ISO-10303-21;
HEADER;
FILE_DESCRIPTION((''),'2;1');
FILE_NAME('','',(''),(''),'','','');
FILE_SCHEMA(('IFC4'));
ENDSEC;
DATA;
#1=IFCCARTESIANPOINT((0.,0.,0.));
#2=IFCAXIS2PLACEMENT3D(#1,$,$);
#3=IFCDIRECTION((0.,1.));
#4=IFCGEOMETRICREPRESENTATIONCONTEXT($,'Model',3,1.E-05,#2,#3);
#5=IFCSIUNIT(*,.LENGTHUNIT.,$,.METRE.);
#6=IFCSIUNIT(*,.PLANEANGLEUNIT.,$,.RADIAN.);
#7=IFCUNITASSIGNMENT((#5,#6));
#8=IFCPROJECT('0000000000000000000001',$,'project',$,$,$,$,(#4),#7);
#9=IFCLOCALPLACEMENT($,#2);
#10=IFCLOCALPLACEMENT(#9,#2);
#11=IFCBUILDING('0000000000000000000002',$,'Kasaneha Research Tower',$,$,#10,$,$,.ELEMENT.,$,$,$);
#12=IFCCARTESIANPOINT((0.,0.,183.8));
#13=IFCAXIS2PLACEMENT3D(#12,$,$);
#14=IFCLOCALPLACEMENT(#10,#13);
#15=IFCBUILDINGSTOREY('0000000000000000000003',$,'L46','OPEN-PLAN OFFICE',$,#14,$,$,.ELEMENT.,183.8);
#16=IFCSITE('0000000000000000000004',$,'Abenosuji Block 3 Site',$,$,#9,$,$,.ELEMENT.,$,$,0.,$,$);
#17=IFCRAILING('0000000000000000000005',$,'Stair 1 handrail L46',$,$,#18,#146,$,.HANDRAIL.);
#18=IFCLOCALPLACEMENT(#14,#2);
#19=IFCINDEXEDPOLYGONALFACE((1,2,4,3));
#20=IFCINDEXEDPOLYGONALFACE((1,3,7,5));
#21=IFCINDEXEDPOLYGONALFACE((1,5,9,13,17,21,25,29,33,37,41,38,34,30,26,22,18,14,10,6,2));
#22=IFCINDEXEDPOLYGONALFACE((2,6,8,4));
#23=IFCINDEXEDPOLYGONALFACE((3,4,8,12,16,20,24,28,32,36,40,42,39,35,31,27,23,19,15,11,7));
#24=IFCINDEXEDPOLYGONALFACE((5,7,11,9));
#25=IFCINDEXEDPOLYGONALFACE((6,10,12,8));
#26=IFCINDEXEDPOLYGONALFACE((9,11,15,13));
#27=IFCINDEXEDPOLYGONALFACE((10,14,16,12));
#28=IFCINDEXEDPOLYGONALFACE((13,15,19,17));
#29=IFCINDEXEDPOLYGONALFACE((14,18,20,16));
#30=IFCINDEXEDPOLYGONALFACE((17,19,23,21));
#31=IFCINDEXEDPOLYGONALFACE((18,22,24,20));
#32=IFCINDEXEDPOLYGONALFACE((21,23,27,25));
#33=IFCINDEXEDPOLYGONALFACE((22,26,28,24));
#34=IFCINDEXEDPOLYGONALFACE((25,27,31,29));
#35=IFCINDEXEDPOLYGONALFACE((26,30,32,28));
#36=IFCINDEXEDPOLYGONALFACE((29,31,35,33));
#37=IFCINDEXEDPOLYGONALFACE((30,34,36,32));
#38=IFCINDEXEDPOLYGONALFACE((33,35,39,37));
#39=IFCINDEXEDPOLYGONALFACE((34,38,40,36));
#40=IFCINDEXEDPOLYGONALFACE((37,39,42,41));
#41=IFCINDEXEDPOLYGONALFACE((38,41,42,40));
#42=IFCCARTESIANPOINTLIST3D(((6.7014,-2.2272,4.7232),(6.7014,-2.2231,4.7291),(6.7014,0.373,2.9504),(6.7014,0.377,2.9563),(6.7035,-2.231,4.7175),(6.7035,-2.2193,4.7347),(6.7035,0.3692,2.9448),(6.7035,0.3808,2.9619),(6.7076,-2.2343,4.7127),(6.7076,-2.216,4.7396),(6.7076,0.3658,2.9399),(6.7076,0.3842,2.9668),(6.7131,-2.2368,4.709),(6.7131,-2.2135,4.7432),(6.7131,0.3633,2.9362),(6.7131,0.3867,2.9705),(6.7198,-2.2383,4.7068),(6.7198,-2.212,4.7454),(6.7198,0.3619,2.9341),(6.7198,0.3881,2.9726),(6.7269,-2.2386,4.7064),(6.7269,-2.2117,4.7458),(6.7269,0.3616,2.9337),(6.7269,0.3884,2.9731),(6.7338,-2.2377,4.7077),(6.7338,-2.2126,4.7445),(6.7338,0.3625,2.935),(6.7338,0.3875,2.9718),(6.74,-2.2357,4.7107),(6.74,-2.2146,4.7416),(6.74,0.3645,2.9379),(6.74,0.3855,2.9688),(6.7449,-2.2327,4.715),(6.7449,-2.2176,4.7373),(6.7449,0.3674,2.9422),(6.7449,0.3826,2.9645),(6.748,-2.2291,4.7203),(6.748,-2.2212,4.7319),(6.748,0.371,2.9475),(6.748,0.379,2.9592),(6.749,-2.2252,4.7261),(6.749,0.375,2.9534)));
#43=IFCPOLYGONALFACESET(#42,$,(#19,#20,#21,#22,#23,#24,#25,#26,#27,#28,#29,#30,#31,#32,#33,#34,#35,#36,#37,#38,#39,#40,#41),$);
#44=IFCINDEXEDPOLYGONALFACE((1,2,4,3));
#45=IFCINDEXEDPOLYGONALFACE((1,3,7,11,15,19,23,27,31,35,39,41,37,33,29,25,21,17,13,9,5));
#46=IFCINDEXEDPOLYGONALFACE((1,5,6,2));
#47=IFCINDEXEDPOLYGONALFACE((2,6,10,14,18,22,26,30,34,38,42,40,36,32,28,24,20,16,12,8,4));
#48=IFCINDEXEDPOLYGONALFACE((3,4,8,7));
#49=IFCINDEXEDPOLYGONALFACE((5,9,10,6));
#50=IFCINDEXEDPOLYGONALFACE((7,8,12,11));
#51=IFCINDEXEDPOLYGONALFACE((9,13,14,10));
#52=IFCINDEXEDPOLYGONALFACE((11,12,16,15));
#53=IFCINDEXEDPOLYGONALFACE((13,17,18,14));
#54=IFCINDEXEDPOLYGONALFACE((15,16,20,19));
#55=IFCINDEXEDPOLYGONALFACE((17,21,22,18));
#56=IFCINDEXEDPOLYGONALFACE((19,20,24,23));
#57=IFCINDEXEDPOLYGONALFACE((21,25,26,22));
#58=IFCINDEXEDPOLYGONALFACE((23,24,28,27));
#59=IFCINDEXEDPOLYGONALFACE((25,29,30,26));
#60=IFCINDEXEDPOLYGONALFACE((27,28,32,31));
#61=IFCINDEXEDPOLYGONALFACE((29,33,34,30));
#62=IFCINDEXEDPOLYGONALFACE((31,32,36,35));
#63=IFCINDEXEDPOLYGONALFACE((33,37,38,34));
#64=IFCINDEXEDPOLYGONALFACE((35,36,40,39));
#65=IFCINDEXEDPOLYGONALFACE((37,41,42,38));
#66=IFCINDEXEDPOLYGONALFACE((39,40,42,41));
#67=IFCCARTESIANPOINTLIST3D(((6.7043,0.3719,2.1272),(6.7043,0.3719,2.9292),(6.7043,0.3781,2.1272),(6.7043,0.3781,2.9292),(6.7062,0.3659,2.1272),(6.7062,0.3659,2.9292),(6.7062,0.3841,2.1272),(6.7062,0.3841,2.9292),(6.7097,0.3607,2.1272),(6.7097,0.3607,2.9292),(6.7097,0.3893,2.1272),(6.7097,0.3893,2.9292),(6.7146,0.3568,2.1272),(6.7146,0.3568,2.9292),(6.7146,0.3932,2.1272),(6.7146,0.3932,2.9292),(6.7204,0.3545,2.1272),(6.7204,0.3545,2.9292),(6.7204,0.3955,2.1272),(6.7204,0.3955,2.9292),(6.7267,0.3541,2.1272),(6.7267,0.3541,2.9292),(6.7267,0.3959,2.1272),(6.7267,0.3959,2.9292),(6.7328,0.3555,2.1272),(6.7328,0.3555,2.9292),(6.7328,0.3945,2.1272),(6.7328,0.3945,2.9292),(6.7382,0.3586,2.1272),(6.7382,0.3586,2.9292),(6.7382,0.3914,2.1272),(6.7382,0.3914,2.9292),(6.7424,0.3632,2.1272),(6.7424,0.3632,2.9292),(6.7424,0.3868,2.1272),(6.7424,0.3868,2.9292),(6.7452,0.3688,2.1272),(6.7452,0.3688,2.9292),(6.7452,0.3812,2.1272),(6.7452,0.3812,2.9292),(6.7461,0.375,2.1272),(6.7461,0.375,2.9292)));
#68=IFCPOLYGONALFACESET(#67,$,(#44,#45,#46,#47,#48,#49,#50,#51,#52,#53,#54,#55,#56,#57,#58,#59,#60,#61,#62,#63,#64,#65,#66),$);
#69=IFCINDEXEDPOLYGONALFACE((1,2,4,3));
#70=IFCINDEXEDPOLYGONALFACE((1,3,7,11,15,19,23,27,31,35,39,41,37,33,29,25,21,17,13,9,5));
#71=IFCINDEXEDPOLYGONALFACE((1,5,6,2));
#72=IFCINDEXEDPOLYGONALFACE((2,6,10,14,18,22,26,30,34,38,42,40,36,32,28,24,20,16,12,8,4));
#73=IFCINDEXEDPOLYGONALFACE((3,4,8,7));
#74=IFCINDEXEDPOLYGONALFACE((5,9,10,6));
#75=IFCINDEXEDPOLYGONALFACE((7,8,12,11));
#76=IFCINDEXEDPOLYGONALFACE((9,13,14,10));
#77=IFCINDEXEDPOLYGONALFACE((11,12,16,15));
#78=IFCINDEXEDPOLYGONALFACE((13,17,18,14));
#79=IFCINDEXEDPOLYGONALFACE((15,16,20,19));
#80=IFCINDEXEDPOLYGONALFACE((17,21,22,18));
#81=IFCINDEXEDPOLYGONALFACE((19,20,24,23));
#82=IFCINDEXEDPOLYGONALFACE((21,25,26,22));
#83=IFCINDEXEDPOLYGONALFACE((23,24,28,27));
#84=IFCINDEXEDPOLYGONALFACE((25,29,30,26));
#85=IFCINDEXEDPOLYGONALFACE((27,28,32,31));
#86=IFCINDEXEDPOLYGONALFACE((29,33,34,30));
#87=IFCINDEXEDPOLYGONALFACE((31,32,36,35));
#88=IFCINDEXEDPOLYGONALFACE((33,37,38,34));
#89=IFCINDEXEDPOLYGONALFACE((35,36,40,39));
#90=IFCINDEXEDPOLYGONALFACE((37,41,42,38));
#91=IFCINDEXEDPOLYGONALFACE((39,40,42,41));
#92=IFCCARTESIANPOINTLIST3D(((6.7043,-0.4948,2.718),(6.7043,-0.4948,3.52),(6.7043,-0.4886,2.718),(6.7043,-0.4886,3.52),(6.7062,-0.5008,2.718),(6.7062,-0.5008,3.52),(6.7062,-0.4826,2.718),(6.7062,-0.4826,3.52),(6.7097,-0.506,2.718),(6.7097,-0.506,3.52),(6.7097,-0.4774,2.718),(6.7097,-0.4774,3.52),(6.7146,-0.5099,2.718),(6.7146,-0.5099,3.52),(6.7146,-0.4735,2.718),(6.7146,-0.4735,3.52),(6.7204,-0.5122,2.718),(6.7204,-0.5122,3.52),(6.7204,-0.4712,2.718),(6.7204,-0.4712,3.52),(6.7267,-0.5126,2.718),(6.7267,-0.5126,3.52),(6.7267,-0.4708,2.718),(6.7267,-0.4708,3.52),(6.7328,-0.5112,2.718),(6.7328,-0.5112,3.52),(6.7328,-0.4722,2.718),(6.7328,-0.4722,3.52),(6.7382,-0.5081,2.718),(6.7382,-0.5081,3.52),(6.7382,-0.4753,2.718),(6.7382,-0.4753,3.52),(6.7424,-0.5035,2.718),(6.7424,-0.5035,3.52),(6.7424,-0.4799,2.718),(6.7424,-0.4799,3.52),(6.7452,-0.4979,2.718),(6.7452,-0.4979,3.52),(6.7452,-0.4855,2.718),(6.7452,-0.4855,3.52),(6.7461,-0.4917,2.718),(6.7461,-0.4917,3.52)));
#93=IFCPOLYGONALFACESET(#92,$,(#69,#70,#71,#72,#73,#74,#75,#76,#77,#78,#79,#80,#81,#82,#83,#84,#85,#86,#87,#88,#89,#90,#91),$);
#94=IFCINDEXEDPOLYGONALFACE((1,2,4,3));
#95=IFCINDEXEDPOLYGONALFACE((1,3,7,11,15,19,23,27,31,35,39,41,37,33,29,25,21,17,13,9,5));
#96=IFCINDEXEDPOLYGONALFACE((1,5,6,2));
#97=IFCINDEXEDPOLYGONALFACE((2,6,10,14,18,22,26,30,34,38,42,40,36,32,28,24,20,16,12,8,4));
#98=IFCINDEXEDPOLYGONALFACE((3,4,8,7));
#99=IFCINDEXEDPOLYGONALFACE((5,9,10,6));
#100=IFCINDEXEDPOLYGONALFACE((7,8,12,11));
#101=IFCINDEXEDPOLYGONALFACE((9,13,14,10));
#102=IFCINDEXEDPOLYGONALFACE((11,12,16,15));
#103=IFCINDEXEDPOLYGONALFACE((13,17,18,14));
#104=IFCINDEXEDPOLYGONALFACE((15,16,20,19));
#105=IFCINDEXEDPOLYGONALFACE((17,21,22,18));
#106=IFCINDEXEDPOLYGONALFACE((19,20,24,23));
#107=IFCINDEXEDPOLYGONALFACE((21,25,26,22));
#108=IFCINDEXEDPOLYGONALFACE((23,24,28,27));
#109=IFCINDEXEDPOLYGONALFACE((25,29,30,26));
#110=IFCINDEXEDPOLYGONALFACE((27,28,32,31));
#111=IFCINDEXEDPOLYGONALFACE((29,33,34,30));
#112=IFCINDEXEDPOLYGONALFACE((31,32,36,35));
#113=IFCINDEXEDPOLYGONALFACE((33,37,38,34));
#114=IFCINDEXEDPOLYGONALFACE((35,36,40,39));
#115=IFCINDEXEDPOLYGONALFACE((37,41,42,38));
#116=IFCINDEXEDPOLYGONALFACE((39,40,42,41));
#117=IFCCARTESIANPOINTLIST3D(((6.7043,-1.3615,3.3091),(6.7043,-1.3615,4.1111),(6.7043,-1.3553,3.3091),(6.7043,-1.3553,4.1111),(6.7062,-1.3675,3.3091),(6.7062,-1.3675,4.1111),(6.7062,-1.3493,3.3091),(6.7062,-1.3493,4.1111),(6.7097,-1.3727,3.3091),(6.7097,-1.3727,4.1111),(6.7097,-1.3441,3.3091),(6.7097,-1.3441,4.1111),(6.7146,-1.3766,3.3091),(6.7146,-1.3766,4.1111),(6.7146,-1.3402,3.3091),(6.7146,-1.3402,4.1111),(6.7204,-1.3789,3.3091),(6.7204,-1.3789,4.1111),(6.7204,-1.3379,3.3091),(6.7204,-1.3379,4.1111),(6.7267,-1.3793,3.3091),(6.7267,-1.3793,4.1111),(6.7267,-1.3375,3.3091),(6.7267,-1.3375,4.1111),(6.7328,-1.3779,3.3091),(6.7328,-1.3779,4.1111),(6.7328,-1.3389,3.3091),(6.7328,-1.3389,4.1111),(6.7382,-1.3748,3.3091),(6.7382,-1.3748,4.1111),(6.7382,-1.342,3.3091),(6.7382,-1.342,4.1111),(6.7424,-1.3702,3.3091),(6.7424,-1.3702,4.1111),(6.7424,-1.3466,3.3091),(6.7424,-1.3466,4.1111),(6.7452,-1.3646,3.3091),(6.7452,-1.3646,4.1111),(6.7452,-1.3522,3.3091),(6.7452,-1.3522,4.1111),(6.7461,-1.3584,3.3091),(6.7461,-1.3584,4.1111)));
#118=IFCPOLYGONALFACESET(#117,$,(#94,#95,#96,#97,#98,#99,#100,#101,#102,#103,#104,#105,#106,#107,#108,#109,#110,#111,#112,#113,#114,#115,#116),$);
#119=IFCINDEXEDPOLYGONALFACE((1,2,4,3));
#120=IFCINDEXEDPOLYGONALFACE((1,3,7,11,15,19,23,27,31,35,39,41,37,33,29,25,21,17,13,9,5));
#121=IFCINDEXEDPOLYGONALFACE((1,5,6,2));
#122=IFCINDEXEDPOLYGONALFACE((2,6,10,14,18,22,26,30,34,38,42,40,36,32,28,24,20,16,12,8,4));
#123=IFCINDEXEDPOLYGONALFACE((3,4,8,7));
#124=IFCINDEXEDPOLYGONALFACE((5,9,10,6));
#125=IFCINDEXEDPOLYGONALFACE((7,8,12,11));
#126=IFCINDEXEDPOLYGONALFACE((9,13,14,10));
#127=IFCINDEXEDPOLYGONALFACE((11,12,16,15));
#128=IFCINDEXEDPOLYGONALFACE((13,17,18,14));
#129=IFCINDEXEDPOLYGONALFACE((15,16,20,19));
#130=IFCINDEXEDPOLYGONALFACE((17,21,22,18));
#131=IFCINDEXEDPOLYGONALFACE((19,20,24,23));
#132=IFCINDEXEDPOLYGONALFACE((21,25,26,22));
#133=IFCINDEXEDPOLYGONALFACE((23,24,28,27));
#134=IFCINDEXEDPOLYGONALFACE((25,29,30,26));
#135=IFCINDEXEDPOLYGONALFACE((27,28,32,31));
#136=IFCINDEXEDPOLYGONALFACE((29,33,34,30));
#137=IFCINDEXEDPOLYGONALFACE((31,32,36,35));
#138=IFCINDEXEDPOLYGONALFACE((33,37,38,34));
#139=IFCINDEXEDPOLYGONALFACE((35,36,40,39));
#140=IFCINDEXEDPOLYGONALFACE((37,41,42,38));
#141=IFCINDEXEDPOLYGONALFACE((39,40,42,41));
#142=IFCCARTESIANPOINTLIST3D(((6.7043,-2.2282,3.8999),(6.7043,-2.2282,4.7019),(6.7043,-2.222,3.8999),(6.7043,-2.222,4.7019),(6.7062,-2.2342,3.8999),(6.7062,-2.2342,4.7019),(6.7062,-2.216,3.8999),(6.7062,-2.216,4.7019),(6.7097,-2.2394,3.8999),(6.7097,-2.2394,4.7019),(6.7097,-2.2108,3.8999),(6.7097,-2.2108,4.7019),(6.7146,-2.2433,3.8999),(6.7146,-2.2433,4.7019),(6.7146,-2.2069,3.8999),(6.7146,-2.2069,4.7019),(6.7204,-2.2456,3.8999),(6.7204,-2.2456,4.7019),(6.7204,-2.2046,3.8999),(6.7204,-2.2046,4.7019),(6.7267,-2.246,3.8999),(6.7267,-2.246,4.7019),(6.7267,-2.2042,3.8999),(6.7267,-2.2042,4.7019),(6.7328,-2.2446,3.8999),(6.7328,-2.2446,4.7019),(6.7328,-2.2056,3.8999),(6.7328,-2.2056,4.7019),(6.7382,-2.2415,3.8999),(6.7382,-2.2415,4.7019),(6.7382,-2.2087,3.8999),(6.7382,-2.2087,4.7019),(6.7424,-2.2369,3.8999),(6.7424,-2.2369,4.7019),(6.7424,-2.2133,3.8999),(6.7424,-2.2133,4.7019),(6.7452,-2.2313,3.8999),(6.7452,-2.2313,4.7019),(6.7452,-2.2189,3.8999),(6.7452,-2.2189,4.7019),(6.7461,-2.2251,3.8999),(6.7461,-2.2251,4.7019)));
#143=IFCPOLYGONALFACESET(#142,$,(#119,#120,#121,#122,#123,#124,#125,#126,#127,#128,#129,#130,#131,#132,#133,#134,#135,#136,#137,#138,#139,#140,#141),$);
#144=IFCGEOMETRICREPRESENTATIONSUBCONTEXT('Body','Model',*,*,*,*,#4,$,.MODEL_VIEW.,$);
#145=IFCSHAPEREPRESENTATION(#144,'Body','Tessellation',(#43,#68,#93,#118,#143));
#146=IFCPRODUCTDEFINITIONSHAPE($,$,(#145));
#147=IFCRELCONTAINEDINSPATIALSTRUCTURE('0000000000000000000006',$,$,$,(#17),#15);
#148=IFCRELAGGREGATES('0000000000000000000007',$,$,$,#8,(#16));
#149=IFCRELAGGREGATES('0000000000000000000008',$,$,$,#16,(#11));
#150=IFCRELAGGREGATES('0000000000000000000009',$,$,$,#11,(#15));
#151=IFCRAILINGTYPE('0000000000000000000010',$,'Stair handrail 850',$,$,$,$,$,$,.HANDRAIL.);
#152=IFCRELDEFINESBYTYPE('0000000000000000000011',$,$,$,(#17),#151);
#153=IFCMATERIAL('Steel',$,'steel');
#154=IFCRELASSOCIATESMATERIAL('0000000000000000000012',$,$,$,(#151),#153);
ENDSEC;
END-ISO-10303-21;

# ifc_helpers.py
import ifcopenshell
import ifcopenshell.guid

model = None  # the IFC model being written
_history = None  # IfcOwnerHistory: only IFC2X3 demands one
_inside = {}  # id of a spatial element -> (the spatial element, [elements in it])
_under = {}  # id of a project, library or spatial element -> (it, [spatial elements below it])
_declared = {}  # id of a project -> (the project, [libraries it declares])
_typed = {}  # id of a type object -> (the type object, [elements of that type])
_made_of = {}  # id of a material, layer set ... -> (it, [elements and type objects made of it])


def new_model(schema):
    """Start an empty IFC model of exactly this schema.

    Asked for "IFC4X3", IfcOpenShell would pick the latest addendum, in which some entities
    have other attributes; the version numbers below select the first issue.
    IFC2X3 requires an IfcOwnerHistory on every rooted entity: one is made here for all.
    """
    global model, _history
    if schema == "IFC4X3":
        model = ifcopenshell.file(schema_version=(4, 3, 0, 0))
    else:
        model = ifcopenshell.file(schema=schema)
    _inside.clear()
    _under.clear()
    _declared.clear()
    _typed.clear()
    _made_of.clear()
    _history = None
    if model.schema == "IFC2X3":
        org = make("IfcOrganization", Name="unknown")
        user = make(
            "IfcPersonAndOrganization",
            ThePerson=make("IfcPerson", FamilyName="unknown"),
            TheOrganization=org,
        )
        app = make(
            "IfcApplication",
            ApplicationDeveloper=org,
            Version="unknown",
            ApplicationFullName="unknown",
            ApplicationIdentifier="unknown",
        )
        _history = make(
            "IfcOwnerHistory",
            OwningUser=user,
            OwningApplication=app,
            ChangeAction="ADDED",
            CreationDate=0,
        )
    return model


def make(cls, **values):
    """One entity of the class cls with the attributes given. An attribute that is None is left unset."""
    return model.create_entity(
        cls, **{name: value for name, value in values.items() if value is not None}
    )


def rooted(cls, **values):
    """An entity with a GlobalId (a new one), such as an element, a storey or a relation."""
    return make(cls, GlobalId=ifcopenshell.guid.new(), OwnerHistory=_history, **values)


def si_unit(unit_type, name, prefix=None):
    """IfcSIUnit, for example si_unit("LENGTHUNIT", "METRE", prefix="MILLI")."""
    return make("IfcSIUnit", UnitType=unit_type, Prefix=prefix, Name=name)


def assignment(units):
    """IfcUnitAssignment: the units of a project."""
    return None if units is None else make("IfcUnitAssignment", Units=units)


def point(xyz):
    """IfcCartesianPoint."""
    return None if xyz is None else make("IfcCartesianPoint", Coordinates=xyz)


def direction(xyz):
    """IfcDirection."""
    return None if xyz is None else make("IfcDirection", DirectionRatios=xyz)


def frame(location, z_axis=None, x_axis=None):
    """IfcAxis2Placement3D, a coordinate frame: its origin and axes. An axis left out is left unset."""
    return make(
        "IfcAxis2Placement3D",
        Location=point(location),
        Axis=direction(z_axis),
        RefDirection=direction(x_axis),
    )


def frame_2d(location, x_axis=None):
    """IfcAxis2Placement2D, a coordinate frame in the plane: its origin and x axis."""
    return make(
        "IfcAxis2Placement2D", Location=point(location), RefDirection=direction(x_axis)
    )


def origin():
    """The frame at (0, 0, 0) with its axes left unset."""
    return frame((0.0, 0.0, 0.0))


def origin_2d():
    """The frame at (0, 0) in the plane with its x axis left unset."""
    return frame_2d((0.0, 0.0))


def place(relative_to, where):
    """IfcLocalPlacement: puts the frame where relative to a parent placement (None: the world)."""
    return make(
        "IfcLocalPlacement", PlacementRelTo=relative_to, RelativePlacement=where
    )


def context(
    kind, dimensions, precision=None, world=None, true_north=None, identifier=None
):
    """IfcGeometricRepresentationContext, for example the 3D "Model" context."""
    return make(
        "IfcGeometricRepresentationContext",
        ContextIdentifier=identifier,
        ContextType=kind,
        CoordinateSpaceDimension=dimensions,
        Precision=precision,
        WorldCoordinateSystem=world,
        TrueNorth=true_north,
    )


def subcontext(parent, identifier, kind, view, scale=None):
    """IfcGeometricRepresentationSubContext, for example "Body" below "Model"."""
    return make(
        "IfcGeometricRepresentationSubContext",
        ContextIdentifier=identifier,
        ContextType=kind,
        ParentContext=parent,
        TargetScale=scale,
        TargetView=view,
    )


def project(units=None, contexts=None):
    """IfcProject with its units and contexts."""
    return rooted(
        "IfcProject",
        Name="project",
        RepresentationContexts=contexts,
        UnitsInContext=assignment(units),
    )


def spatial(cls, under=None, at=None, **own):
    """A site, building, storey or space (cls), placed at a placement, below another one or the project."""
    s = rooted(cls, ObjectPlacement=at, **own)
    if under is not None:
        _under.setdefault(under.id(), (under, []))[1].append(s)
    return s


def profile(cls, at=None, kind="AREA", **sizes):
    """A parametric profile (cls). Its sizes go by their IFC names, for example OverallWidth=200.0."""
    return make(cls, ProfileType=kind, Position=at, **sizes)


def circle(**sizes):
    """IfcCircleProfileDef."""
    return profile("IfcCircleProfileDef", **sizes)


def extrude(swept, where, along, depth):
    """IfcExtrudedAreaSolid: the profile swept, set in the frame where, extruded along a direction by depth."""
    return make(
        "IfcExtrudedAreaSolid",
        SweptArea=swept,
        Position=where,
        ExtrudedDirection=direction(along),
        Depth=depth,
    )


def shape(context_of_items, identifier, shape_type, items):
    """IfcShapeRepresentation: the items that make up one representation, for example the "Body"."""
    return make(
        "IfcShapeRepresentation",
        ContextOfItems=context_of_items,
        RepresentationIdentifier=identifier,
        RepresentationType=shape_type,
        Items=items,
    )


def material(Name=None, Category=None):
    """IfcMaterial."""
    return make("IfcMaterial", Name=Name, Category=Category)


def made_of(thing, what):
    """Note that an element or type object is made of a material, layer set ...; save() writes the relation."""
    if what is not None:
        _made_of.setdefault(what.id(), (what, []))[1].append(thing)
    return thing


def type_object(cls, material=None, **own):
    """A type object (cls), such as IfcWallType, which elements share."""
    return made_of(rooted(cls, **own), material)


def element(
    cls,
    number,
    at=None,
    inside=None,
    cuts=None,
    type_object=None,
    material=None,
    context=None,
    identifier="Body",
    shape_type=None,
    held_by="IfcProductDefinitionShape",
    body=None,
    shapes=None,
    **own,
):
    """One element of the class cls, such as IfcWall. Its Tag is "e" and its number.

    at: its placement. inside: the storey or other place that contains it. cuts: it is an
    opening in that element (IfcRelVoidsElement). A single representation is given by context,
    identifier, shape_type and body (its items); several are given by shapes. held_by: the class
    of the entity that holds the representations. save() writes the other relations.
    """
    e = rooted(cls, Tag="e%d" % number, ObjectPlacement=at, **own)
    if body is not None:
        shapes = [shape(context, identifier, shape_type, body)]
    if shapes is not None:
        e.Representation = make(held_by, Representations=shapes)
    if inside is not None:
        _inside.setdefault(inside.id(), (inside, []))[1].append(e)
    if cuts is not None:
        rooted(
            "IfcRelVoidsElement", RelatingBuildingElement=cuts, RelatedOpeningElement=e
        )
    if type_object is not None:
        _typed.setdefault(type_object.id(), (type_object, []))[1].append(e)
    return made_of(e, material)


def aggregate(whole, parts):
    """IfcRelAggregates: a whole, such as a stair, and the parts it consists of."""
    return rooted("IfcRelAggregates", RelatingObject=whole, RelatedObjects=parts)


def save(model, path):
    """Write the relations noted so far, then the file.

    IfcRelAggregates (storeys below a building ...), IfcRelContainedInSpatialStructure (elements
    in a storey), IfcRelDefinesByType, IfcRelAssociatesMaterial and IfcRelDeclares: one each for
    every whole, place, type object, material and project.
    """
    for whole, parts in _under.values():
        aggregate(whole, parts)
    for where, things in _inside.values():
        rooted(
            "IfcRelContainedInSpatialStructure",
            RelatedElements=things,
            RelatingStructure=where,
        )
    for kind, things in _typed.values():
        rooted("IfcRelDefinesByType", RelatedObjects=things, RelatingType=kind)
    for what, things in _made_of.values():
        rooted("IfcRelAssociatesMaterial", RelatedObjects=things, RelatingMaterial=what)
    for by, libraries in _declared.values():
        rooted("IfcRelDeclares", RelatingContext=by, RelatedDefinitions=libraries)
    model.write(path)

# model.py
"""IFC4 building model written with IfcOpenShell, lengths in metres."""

from ifc_helpers import new_model, si_unit, direction, frame, origin, origin_2d, place, context, subcontext, project, spatial, circle, extrude, material, type_object, element, save


model = new_model("IFC4")

# Units and contexts
model_context = context("Model", 3, precision=1e-05, world=origin(), true_north=direction((0.0, 1.0)))
body_context = subcontext(model_context, "Body", "Model", "MODEL_VIEW")
ifc_project = project(units=[si_unit("LENGTHUNIT", "METRE"), si_unit("PLANEANGLEUNIT", "RADIAN")], contexts=[model_context])

# Site, building, storey
site_placement = place(None, origin())
site = spatial("IfcSite", under=ifc_project, at=site_placement, Name="Abenosuji Block 3 Site", CompositionType="ELEMENT", RefElevation=0.0)
building_placement = place(site_placement, origin())
building = spatial("IfcBuilding", under=site, at=building_placement, Name="Kasaneha Research Tower", CompositionType="ELEMENT")
storey_placement = place(building_placement, frame((0.0, 0.0, 183.8)))
storey = spatial("IfcBuildingStorey", under=building, at=storey_placement, Name="L46", Description="OPEN-PLAN OFFICE", CompositionType="ELEMENT", Elevation=183.8)

# Railing
ifc_material_1 = material(Name="Steel", Category="steel")
railing_type = type_object("IfcRailingType", Name="Stair handrail 850", PredefinedType="HANDRAIL", material=ifc_material_1)
railing_placement = place(storey_placement, frame((6.7251, 0.375, 2.1272)))
element("IfcRailing", 1, at=railing_placement, inside=storey, type_object=railing_type, Name="Stair 1 handrail L46", PredefinedType="HANDRAIL", context=body_context, shape_type="SweptSolid", body=[
    extrude(circle(Radius=0.0239, at=origin_2d()), frame((0.0, 0.0, 0.8262), z_axis=(0.0, -0.82624, 0.563318), x_axis=(1.0, 0.0, 0.0)), (0.0, 0.0, 1.0), 3.147),
    extrude(circle(Radius=0.021, at=origin_2d()), origin(), (0.0, 0.0, 1.0), 0.802),
    extrude(circle(Radius=0.021, at=origin_2d()), frame((0.0, -0.8667, 0.5908)), (0.0, 0.0, 1.0), 0.802),
    extrude(circle(Radius=0.021, at=origin_2d()), frame((0.0, -1.7334, 1.1819)), (0.0, 0.0, 1.0), 0.802),
    extrude(circle(Radius=0.021, at=origin_2d()), frame((0.0, -2.6001, 1.7727)), (0.0, 0.0, 1.0), 0.802),
])

save(model, "model.ifc")
